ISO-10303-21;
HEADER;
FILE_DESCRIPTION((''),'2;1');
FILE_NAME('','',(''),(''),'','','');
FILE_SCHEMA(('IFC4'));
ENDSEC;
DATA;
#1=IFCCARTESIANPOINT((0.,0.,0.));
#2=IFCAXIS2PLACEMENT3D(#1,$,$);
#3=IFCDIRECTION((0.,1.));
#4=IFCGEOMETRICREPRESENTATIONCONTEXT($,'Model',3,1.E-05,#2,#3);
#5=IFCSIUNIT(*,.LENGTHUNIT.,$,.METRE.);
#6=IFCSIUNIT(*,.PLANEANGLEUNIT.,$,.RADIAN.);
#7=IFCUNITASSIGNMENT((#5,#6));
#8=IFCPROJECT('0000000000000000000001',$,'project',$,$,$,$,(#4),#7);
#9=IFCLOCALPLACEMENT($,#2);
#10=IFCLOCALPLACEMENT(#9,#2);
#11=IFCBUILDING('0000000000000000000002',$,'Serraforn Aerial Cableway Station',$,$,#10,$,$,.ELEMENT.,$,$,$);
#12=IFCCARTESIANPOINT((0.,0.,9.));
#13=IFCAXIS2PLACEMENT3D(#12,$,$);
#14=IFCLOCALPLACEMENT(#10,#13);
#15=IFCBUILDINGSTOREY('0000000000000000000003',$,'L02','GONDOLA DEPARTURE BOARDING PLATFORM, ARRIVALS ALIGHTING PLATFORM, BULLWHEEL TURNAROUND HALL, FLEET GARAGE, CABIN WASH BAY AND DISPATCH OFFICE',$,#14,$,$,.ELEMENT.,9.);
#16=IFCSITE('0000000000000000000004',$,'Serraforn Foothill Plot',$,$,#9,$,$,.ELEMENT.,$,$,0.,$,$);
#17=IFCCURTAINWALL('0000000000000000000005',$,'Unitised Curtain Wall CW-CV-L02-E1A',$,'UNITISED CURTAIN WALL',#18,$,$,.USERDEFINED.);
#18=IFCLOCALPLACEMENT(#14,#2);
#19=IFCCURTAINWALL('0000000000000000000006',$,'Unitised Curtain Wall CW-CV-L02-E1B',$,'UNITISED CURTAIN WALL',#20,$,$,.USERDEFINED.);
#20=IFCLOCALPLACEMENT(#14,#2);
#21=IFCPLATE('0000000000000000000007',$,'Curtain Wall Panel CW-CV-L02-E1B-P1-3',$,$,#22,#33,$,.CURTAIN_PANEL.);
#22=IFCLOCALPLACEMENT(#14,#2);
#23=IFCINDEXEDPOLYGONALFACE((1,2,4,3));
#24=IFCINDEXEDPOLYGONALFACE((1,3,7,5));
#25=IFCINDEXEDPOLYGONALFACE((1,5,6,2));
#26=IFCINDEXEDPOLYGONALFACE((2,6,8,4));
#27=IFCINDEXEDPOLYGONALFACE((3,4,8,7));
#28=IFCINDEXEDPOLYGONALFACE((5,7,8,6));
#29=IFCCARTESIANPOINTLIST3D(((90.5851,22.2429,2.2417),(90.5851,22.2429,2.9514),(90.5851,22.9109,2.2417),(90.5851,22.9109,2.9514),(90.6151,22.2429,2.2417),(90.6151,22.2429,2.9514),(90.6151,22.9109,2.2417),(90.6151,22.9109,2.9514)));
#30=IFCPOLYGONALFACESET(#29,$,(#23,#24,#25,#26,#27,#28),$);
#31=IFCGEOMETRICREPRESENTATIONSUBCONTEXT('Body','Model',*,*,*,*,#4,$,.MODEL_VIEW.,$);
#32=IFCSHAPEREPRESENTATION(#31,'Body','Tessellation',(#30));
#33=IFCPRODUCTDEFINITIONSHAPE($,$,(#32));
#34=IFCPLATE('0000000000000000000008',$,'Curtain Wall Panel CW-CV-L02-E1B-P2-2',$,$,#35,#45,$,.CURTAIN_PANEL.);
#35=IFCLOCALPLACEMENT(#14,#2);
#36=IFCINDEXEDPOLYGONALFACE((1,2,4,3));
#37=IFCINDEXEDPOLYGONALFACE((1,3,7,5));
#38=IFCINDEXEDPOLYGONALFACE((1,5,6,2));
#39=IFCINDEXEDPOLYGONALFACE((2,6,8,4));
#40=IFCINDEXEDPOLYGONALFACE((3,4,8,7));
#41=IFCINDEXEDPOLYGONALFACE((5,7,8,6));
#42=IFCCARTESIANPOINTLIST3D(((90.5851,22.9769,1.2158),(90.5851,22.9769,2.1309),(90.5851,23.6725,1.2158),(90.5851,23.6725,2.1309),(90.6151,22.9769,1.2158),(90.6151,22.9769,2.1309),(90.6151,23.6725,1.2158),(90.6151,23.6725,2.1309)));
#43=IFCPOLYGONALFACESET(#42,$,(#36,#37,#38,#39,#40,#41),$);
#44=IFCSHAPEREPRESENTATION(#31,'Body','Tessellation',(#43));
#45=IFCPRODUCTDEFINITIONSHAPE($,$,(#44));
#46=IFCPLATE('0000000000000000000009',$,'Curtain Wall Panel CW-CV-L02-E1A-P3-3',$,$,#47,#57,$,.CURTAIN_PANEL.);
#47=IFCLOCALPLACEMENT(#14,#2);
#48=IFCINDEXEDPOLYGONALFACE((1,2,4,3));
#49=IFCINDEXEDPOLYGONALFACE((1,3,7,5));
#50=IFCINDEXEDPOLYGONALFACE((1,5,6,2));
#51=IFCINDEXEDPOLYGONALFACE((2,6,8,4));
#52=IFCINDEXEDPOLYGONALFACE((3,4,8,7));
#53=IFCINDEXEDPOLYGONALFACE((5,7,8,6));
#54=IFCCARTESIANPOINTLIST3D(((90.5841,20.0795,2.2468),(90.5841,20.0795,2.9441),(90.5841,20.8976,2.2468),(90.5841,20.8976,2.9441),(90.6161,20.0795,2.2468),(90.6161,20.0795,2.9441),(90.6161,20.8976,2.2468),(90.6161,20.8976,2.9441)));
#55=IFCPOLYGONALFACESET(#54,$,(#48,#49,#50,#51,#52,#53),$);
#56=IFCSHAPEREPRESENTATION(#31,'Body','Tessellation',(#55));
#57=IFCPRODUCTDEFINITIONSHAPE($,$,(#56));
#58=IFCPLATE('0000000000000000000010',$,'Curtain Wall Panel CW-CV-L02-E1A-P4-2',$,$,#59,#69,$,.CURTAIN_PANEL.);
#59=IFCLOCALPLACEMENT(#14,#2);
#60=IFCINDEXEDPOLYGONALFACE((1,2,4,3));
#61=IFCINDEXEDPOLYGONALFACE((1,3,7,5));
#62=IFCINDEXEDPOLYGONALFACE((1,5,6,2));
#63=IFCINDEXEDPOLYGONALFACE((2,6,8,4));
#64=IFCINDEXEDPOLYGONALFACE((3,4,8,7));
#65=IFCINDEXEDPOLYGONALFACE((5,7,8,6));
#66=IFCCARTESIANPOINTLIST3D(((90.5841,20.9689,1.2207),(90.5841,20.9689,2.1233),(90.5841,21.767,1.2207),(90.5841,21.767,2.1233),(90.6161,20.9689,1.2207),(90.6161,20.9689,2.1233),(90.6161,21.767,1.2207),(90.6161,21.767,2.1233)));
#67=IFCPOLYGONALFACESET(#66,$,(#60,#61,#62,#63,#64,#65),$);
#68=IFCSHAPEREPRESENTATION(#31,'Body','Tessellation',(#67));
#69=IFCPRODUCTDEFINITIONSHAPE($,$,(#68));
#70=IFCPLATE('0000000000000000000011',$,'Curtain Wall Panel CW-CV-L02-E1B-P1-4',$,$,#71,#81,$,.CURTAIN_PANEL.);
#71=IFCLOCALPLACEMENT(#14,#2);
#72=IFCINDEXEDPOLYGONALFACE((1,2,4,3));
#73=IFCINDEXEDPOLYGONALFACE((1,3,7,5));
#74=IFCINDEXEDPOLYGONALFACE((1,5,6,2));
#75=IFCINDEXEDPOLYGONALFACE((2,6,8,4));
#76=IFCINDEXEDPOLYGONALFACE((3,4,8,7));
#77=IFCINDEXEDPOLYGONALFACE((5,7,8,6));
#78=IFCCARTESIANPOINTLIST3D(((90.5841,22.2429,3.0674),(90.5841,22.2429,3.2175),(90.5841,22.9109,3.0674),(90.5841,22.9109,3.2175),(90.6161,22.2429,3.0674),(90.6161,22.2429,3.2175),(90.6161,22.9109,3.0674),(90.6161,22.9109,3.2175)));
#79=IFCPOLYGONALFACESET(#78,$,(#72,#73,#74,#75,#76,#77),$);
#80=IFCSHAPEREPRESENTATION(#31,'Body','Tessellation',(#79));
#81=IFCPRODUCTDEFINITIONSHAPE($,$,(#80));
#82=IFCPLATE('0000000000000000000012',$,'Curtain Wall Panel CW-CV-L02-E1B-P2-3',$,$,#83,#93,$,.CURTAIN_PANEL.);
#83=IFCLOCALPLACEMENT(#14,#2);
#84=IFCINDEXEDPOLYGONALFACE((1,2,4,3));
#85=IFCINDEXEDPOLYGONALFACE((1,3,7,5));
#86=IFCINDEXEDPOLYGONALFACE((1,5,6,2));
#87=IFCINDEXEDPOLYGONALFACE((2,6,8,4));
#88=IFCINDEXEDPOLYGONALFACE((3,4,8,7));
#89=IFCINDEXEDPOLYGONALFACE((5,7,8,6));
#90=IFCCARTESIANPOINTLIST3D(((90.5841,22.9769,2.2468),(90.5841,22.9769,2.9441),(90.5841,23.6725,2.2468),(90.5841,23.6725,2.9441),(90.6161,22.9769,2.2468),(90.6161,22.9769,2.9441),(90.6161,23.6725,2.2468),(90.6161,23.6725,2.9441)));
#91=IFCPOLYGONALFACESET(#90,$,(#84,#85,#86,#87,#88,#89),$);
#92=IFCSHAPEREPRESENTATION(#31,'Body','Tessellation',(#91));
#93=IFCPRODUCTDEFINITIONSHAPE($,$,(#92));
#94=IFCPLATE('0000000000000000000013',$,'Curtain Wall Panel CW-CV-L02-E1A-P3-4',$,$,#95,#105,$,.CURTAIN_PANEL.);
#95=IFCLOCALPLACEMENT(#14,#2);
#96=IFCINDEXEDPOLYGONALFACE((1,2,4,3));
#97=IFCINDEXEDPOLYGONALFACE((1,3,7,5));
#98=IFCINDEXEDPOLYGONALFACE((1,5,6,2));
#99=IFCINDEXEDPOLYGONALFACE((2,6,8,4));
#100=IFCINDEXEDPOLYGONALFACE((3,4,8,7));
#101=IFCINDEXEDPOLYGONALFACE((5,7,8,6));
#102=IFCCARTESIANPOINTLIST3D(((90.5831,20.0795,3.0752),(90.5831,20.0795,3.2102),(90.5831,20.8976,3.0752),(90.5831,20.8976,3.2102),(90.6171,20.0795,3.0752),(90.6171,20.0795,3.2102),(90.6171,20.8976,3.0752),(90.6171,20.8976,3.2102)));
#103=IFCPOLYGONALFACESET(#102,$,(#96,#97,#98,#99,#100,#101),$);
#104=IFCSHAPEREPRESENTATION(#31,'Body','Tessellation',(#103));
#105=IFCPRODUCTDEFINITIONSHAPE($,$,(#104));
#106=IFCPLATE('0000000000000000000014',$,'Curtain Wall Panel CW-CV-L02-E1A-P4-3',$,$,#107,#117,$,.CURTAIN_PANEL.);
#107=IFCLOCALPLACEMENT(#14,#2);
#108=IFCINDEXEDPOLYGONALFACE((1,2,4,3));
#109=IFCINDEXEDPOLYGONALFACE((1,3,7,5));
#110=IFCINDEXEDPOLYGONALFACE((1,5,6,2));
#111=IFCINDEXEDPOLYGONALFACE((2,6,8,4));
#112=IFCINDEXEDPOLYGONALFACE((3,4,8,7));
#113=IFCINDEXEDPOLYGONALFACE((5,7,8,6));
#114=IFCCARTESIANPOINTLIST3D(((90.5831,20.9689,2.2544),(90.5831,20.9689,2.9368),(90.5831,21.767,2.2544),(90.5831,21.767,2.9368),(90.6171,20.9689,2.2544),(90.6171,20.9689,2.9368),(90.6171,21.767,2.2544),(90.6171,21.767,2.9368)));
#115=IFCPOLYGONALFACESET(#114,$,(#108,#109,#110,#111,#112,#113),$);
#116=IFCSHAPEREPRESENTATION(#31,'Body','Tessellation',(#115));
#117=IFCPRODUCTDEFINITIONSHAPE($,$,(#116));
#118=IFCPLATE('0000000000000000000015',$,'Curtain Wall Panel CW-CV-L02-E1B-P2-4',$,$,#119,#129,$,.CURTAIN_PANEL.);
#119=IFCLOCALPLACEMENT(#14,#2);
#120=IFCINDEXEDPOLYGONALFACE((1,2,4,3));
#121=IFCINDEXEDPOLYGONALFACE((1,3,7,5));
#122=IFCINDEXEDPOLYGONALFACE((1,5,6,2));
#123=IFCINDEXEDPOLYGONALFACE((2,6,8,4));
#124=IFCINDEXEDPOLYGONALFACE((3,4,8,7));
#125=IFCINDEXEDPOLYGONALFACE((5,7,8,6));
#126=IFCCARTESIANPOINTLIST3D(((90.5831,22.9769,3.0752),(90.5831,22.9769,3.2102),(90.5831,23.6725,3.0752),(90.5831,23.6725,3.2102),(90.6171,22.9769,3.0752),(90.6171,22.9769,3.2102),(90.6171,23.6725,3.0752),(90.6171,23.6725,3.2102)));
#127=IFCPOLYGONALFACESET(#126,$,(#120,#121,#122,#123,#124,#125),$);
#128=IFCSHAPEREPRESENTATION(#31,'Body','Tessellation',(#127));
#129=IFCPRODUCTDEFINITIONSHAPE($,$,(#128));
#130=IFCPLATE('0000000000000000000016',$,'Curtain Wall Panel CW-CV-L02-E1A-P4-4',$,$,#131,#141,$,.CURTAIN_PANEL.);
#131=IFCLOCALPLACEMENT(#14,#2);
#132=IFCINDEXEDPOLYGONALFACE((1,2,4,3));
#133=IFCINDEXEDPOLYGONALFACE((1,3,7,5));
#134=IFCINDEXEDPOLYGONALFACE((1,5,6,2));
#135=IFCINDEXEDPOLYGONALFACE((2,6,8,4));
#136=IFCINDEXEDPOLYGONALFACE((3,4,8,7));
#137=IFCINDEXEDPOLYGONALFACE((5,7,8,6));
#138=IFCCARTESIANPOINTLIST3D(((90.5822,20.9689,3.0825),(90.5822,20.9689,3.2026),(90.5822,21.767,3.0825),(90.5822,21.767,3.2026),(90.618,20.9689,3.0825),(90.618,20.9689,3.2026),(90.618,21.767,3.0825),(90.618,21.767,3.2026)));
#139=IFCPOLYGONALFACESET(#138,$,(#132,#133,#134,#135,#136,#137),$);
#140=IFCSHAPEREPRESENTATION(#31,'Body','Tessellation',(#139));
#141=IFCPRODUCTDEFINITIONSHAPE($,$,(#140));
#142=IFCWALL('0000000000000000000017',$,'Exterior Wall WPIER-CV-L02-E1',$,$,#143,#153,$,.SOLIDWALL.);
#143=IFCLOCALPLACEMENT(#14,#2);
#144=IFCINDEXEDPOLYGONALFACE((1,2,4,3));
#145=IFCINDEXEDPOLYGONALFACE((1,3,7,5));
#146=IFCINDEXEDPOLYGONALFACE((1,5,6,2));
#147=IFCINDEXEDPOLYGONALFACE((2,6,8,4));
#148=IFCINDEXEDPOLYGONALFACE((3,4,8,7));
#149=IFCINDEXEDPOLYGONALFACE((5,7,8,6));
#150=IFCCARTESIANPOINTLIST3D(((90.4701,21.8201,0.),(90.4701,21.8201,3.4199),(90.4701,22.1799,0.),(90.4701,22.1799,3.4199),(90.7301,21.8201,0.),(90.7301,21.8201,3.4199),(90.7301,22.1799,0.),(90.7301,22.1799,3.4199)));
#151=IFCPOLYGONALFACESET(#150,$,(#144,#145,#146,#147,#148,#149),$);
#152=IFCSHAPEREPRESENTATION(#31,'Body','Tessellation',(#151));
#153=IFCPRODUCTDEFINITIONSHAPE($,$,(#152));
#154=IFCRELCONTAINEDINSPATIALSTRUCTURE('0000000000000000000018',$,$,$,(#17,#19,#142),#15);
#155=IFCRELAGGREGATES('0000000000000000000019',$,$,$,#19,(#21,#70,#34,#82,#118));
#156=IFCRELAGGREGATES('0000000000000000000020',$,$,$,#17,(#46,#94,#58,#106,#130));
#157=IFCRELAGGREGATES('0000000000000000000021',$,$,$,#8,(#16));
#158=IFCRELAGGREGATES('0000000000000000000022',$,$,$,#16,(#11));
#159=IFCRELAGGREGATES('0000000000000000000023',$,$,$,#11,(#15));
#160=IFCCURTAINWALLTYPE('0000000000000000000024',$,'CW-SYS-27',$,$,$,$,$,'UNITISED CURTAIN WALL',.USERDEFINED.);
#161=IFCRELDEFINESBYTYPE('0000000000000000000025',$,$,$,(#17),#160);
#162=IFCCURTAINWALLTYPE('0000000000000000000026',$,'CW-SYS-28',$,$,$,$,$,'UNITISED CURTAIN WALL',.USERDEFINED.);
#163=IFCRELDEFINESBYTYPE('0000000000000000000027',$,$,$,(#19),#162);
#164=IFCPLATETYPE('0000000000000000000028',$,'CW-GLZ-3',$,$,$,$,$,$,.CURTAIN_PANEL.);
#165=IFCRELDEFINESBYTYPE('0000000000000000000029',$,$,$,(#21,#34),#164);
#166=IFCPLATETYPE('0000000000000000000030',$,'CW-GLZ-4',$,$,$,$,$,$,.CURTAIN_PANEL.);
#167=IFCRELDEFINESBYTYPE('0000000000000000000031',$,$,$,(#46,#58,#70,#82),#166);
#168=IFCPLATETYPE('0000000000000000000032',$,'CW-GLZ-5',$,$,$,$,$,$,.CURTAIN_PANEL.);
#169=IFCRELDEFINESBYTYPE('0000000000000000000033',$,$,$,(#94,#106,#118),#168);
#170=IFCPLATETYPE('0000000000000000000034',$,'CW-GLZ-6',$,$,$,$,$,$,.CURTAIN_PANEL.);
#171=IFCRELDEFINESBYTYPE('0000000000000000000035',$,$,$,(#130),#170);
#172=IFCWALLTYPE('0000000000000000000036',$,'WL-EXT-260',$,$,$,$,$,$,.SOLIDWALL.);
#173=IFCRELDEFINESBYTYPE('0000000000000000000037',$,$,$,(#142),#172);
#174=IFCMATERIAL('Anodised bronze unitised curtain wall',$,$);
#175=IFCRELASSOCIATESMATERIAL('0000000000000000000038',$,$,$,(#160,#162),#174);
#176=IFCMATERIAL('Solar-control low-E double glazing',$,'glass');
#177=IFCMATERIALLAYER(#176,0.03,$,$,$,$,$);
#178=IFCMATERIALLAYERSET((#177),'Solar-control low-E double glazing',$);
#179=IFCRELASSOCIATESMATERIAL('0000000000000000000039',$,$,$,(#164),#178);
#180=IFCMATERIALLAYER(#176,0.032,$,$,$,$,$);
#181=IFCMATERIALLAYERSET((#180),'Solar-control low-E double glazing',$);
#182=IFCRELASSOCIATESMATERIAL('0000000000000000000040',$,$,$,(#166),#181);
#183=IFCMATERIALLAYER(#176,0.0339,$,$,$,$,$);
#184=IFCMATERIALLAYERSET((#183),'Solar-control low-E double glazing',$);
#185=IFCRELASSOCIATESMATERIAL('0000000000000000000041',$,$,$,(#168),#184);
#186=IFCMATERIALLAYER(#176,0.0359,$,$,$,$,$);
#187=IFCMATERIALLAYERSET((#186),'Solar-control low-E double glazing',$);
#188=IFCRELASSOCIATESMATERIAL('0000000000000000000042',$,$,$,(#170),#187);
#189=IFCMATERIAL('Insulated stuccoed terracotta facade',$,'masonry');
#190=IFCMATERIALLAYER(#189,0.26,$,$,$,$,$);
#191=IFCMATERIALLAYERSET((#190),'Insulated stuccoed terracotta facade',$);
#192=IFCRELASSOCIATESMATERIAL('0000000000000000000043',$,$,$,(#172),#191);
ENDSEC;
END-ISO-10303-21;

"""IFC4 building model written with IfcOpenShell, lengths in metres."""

from ifc_helpers import new_model, si_unit, direction, frame, frame_2d, origin, origin_2d, place, context, subcontext, project, spatial, rectangle, extrude, material, layer, layer_set, type_object, element, aggregate, save


model = new_model("IFC4")

# Units and contexts
model_context = context("Model", 3, precision=1e-05, world=origin(), true_north=direction((0.0, 1.0)))
body_context = subcontext(model_context, "Body", "Model", "MODEL_VIEW")
ifc_project = project(units=[si_unit("LENGTHUNIT", "METRE"), si_unit("PLANEANGLEUNIT", "RADIAN")], contexts=[model_context])

# Site, building, storey
site_placement = place(None, origin())
site = spatial("IfcSite", under=ifc_project, at=site_placement, Name="Serraforn Foothill Plot", CompositionType="ELEMENT", RefElevation=0.0)
building_placement = place(site_placement, origin())
building = spatial("IfcBuilding", under=site, at=building_placement, Name="Serraforn Aerial Cableway Station", CompositionType="ELEMENT")
storey_placement = place(building_placement, frame((0.0, 0.0, 9.0)))
storey = spatial("IfcBuildingStorey", under=building, at=storey_placement, Name="L02", Description="GONDOLA DEPARTURE BOARDING PLATFORM, ARRIVALS ALIGHTING PLATFORM, BULLWHEEL TURNAROUND HALL, FLEET GARAGE, CABIN WASH BAY AND DISPATCH OFFICE", CompositionType="ELEMENT", Elevation=9.0)

# Curtain wall
ifc_material_1 = material(Name="Anodised bronze unitised curtain wall")
curtain_wall_type_1 = type_object("IfcCurtainWallType", Name="CW-SYS-27", ElementType="UNITISED CURTAIN WALL", PredefinedType="USERDEFINED", material=ifc_material_1)
curtain_wall_1_placement = place(storey_placement, origin())
curtain_wall_1 = element("IfcCurtainWall", 1, at=curtain_wall_1_placement, inside=storey, type_object=curtain_wall_type_1, Name="Unitised Curtain Wall CW-CV-L02-E1A", ObjectType="UNITISED CURTAIN WALL", PredefinedType="USERDEFINED")

# Curtain wall
curtain_wall_type_2 = type_object("IfcCurtainWallType", Name="CW-SYS-28", ElementType="UNITISED CURTAIN WALL", PredefinedType="USERDEFINED", material=ifc_material_1)
curtain_wall_2_placement = place(storey_placement, origin())
curtain_wall_2 = element("IfcCurtainWall", 2, at=curtain_wall_2_placement, inside=storey, type_object=curtain_wall_type_2, Name="Unitised Curtain Wall CW-CV-L02-E1B", ObjectType="UNITISED CURTAIN WALL", PredefinedType="USERDEFINED")

# Plates
ifc_material_2 = material(Name="Solar-control low-E double glazing", Category="glass")
ifc_layer_1 = layer(ifc_material_2, 0.03)
ifc_layer_set_1 = layer_set([ifc_layer_1], Name="Solar-control low-E double glazing")
plate_type_1 = type_object("IfcPlateType", Name="CW-GLZ-3", PredefinedType="CURTAIN_PANEL", material=ifc_layer_set_1)
plate_1_placement = place(storey_placement, frame((90.6001, 22.5769, 2.2417), z_axis=(0.0, 0.0, 1.0), x_axis=(1.0, 0.0, 0.0)))
plate_1 = element("IfcPlate", 3, at=plate_1_placement, type_object=plate_type_1, Name="Curtain Wall Panel CW-CV-L02-E1B-P1-3", PredefinedType="CURTAIN_PANEL", context=body_context, shape_type="SweptSolid", body=[
    extrude(rectangle(XDim=0.03, YDim=0.668, at=origin_2d()), origin(), (0.0, 0.0, 1.0), 0.7097),
])
plate_2_placement = place(storey_placement, frame((90.6001, 23.3247, 1.2158), z_axis=(0.0, 0.0, 1.0), x_axis=(1.0, 0.0, 0.0)))
plate_2 = element("IfcPlate", 4, at=plate_2_placement, type_object=plate_type_1, Name="Curtain Wall Panel CW-CV-L02-E1B-P2-2", PredefinedType="CURTAIN_PANEL", context=body_context, shape_type="SweptSolid", body=[
    extrude(rectangle(XDim=0.03, YDim=0.6956, at=origin_2d()), origin(), (0.0, 0.0, 1.0), 0.915),
])
ifc_layer_2 = layer(ifc_material_2, 0.032)
ifc_layer_set_2 = layer_set([ifc_layer_2], Name="Solar-control low-E double glazing")
plate_type_2 = type_object("IfcPlateType", Name="CW-GLZ-4", PredefinedType="CURTAIN_PANEL", material=ifc_layer_set_2)
plate_3_placement = place(storey_placement, frame((90.6001, 20.4885, 2.2468), z_axis=(0.0, 0.0, 1.0), x_axis=(1.0, 0.0, 0.0)))
plate_3 = element("IfcPlate", 5, at=plate_3_placement, type_object=plate_type_2, Name="Curtain Wall Panel CW-CV-L02-E1A-P3-3", PredefinedType="CURTAIN_PANEL", context=body_context, shape_type="SweptSolid", body=[
    extrude(rectangle(XDim=0.032, YDim=0.8181, at=origin_2d()), origin(), (0.0, 0.0, 1.0), 0.6973),
])
plate_4_placement = place(storey_placement, frame((90.6001, 21.3679, 1.2207), z_axis=(0.0, 0.0, 1.0), x_axis=(1.0, 0.0, 0.0)))
plate_4 = element("IfcPlate", 6, at=plate_4_placement, type_object=plate_type_2, Name="Curtain Wall Panel CW-CV-L02-E1A-P4-2", PredefinedType="CURTAIN_PANEL", context=body_context, shape_type="SweptSolid", body=[
    extrude(rectangle(XDim=0.032, YDim=0.7981, at=origin_2d()), origin(), (0.0, 0.0, 1.0), 0.9026),
])
plate_5_placement = place(storey_placement, frame((90.6001, 22.5769, 3.0674), z_axis=(0.0, 0.0, 1.0), x_axis=(1.0, 0.0, 0.0)))
plate_5 = element("IfcPlate", 7, at=plate_5_placement, type_object=plate_type_2, Name="Curtain Wall Panel CW-CV-L02-E1B-P1-4", PredefinedType="CURTAIN_PANEL", context=body_context, shape_type="SweptSolid", body=[
    extrude(rectangle(XDim=0.032, YDim=0.668, at=origin_2d()), origin(), (0.0, 0.0, 1.0), 0.1501),
])
plate_6_placement = place(storey_placement, frame((90.6001, 23.3247, 2.2468), z_axis=(0.0, 0.0, 1.0), x_axis=(1.0, 0.0, 0.0)))
plate_6 = element("IfcPlate", 8, at=plate_6_placement, type_object=plate_type_2, Name="Curtain Wall Panel CW-CV-L02-E1B-P2-3", PredefinedType="CURTAIN_PANEL", context=body_context, shape_type="SweptSolid", body=[
    extrude(rectangle(XDim=0.032, YDim=0.6956, at=origin_2d()), origin(), (0.0, 0.0, 1.0), 0.6973),
])
ifc_layer_3 = layer(ifc_material_2, 0.0339)
ifc_layer_set_3 = layer_set([ifc_layer_3], Name="Solar-control low-E double glazing")
plate_type_3 = type_object("IfcPlateType", Name="CW-GLZ-5", PredefinedType="CURTAIN_PANEL", material=ifc_layer_set_3)
plate_7_placement = place(storey_placement, frame((90.6001, 20.4885, 3.0752), z_axis=(0.0, 0.0, 1.0), x_axis=(1.0, 0.0, 0.0)))
plate_7 = element("IfcPlate", 9, at=plate_7_placement, type_object=plate_type_3, Name="Curtain Wall Panel CW-CV-L02-E1A-P3-4", PredefinedType="CURTAIN_PANEL", context=body_context, shape_type="SweptSolid", body=[
    extrude(rectangle(XDim=0.0339, YDim=0.8181, at=origin_2d()), origin(), (0.0, 0.0, 1.0), 0.135),
])
plate_8_placement = place(storey_placement, frame((90.6001, 21.3679, 2.2544), z_axis=(0.0, 0.0, 1.0), x_axis=(1.0, 0.0, 0.0)))
plate_8 = element("IfcPlate", 10, at=plate_8_placement, type_object=plate_type_3, Name="Curtain Wall Panel CW-CV-L02-E1A-P4-3", PredefinedType="CURTAIN_PANEL", context=body_context, shape_type="SweptSolid", body=[
    extrude(rectangle(XDim=0.0339, YDim=0.7981, at=origin_2d()), origin(), (0.0, 0.0, 1.0), 0.6824),
])
plate_9_placement = place(storey_placement, frame((90.6001, 23.3247, 3.0752), z_axis=(0.0, 0.0, 1.0), x_axis=(1.0, 0.0, 0.0)))
plate_9 = element("IfcPlate", 11, at=plate_9_placement, type_object=plate_type_3, Name="Curtain Wall Panel CW-CV-L02-E1B-P2-4", PredefinedType="CURTAIN_PANEL", context=body_context, shape_type="SweptSolid", body=[
    extrude(rectangle(XDim=0.0339, YDim=0.6956, at=origin_2d()), origin(), (0.0, 0.0, 1.0), 0.135),
])
aggregate(curtain_wall_2, [plate_1, plate_5, plate_2, plate_6, plate_9])
ifc_layer_4 = layer(ifc_material_2, 0.0359)
ifc_layer_set_4 = layer_set([ifc_layer_4], Name="Solar-control low-E double glazing")
plate_type_4 = type_object("IfcPlateType", Name="CW-GLZ-6", PredefinedType="CURTAIN_PANEL", material=ifc_layer_set_4)
plate_10_placement = place(storey_placement, frame((90.6001, 21.3679, 3.0825), z_axis=(0.0, 0.0, 1.0), x_axis=(1.0, 0.0, 0.0)))
plate_10 = element("IfcPlate", 12, at=plate_10_placement, type_object=plate_type_4, Name="Curtain Wall Panel CW-CV-L02-E1A-P4-4", PredefinedType="CURTAIN_PANEL", context=body_context, shape_type="SweptSolid", body=[
    extrude(rectangle(XDim=0.0359, YDim=0.7981, at=origin_2d()), origin(), (0.0, 0.0, 1.0), 0.1201),
])
aggregate(curtain_wall_1, [plate_3, plate_7, plate_4, plate_8, plate_10])

# Wall
ifc_material_3 = material(Name="Insulated stuccoed terracotta facade", Category="masonry")
ifc_layer_5 = layer(ifc_material_3, 0.26)
ifc_layer_set_5 = layer_set([ifc_layer_5], Name="Insulated stuccoed terracotta facade")
wall_type = type_object("IfcWallType", Name="WL-EXT-260", PredefinedType="SOLIDWALL", material=ifc_layer_set_5)
wall_placement = place(storey_placement, frame((90.6001, 21.8201, 0.0), z_axis=(0.0, 0.0, 1.0), x_axis=(0.0, 1.0, 0.0)))
element("IfcWall", 13, at=wall_placement, inside=storey, type_object=wall_type, Name="Exterior Wall WPIER-CV-L02-E1", PredefinedType="SOLIDWALL", context=body_context, shape_type="SweptSolid", body=[
    extrude(rectangle(XDim=0.3599, YDim=0.26, at=frame_2d((0.1799, 0.0))), origin(), (0.0, 0.0, 1.0), 3.4199),
])

save(model, "model.ifc")
